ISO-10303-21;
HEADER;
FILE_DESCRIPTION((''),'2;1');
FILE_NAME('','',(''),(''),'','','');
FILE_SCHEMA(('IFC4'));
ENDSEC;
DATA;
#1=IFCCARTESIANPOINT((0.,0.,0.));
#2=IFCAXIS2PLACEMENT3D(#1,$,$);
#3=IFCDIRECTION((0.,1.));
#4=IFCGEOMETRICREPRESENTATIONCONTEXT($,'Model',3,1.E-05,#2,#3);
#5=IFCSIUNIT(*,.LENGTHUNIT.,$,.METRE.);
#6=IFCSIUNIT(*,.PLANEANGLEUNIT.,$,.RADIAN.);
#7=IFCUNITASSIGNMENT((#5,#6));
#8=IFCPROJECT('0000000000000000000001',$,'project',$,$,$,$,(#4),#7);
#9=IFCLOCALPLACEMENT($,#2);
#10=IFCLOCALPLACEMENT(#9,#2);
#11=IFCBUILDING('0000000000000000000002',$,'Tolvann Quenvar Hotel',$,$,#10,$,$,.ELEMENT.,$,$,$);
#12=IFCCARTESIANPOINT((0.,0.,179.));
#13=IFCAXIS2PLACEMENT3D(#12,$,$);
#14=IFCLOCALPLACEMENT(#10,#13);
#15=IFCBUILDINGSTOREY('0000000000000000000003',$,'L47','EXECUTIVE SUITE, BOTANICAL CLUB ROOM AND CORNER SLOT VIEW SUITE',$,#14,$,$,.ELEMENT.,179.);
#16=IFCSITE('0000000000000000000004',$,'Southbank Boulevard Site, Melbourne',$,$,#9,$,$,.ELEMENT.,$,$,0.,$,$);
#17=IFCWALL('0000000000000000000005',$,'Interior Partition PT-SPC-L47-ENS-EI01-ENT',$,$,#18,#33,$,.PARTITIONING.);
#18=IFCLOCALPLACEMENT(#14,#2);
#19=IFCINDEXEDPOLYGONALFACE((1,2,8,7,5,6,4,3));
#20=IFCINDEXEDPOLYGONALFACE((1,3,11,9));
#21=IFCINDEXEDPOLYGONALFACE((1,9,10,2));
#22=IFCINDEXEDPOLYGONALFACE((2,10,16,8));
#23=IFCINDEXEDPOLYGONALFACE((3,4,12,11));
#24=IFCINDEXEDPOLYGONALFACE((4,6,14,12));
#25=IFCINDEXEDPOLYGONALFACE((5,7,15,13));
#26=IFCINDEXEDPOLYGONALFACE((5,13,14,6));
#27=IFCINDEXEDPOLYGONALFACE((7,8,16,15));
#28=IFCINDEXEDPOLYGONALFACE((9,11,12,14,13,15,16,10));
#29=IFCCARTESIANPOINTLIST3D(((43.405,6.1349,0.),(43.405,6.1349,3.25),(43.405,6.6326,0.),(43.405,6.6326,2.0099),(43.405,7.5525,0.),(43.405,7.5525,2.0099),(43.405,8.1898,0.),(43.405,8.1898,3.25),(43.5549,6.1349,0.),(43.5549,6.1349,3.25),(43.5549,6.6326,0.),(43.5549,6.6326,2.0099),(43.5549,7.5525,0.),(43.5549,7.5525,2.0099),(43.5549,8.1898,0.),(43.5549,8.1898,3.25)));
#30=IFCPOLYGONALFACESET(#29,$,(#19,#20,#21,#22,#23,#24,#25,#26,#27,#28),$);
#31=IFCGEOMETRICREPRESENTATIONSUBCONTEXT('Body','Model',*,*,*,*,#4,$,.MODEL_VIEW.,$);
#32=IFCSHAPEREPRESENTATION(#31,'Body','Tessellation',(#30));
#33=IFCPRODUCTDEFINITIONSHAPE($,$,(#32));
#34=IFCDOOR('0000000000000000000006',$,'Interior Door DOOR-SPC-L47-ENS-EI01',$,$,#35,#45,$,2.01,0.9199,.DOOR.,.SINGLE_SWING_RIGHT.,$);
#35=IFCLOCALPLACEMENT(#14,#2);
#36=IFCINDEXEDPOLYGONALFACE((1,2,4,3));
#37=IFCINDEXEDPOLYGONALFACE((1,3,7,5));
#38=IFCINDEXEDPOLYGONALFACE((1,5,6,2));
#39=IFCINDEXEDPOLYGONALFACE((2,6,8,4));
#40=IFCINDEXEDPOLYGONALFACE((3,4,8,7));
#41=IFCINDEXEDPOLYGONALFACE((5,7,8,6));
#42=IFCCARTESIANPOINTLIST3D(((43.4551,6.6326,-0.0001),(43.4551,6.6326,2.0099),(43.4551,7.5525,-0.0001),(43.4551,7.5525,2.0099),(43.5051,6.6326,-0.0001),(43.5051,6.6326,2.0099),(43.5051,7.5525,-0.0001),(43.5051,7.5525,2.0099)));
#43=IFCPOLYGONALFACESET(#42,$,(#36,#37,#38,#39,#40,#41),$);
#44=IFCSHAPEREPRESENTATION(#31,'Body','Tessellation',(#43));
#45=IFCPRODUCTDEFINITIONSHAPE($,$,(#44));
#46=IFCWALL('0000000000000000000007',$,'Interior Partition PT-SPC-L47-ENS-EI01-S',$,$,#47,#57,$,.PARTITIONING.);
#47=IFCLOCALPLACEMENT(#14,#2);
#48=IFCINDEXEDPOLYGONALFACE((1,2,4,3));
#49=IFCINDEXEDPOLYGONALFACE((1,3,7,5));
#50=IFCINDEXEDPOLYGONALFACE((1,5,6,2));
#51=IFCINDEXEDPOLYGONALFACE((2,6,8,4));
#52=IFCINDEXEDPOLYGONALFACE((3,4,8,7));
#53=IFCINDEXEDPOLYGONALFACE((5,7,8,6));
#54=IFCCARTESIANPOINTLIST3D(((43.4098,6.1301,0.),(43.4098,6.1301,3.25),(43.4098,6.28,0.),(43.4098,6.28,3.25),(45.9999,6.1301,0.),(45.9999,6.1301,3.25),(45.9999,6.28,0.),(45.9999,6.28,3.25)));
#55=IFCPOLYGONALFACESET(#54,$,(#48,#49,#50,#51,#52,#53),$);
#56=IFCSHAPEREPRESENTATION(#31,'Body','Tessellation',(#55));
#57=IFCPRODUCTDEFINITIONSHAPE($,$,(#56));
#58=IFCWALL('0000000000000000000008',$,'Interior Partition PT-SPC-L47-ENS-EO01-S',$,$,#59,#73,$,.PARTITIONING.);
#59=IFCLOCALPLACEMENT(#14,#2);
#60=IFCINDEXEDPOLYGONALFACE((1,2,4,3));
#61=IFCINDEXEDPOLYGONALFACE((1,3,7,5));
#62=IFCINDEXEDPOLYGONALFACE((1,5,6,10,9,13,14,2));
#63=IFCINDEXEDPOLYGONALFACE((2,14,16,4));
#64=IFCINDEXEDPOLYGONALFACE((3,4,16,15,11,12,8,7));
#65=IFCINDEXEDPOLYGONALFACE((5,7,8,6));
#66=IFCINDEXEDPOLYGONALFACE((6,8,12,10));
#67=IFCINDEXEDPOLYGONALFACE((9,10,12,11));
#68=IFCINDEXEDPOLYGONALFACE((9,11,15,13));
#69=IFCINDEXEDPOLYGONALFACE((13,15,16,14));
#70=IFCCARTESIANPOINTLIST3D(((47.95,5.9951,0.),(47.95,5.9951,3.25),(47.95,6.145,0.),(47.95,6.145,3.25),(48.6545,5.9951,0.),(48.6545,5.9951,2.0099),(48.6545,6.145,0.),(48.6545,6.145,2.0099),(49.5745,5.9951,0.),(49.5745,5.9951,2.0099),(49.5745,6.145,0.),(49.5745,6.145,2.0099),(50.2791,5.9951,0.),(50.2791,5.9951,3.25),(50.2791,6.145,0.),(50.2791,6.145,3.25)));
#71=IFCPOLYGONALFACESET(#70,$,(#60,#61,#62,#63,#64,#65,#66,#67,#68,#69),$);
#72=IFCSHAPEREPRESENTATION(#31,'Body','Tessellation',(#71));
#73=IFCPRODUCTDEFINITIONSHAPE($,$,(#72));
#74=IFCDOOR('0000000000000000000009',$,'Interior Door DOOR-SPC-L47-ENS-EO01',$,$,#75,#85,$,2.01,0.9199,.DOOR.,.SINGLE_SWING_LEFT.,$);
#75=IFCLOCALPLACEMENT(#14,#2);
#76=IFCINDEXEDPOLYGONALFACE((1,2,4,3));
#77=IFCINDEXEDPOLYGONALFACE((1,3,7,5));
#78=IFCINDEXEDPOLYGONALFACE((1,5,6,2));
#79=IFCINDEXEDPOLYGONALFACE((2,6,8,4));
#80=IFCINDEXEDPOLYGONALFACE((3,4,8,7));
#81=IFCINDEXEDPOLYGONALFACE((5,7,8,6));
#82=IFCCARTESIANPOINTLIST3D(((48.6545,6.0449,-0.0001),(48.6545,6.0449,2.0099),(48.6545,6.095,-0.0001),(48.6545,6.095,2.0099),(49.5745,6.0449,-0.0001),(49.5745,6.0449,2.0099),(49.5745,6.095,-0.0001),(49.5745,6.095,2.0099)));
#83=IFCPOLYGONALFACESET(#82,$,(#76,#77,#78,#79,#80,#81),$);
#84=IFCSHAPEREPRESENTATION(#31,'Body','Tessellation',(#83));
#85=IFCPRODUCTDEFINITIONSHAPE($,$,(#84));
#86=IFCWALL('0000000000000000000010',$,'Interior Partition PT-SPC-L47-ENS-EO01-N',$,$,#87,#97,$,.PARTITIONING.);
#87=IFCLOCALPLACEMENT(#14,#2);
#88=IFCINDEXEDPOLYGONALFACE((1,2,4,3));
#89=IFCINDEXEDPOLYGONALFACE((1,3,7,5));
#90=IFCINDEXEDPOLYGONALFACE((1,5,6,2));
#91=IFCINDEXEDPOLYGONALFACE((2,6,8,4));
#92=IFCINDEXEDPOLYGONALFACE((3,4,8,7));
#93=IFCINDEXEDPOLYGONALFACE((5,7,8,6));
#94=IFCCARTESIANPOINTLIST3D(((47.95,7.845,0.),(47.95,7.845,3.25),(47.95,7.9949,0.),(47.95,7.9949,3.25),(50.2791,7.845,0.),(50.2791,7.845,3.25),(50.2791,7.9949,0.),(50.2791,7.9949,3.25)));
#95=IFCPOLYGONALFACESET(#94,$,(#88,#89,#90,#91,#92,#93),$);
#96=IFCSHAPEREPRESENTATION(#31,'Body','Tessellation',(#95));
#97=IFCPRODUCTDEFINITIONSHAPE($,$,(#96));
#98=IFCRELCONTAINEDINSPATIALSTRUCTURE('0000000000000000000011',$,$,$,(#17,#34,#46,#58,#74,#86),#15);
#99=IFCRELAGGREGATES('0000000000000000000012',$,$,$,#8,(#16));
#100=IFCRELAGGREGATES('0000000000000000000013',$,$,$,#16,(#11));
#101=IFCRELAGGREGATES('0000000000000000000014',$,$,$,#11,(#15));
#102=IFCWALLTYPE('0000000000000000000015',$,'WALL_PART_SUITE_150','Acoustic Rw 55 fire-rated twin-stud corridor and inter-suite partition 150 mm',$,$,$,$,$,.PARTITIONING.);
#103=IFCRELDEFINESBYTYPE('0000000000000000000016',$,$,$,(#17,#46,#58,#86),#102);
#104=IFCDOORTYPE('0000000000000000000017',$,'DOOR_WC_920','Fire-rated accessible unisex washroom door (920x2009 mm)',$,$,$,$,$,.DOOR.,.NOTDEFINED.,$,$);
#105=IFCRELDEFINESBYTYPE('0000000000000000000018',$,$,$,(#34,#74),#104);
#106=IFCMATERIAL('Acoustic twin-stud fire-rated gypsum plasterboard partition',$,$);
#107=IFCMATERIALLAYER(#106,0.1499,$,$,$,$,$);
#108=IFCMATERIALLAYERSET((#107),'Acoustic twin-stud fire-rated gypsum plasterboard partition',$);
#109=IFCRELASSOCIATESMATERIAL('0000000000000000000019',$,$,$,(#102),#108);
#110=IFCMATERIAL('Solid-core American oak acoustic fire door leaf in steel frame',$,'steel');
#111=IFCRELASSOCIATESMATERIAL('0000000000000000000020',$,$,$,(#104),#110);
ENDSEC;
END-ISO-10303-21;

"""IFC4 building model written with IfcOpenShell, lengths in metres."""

from ifc_helpers import new_model, si_unit, direction, frame, frame_2d, origin, place, context, subcontext, project, spatial, rectangle, extrude, source, transform, mapped, material, layer, layer_set, type_object, type_shapes, element, fill, save


model = new_model("IFC4")

# Units and contexts
model_context = context("Model", 3, precision=1e-05, world=origin(), true_north=direction((0.0, 1.0)))
body_context = subcontext(model_context, "Body", "Model", "MODEL_VIEW")
ifc_project = project(units=[si_unit("LENGTHUNIT", "METRE"), si_unit("PLANEANGLEUNIT", "RADIAN")], contexts=[model_context])

# Site, building, storey
site_placement = place(None, origin())
site = spatial("IfcSite", under=ifc_project, at=site_placement, Name="Southbank Boulevard Site, Melbourne", CompositionType="ELEMENT", RefElevation=0.0)
building_placement = place(site_placement, origin())
building = spatial("IfcBuilding", under=site, at=building_placement, Name="Tolvann Quenvar Hotel", CompositionType="ELEMENT")
storey_placement = place(building_placement, frame((0.0, 0.0, 179.0)))
storey = spatial("IfcBuildingStorey", under=building, at=storey_placement, Name="L47", Description="EXECUTIVE SUITE, BOTANICAL CLUB ROOM AND CORNER SLOT VIEW SUITE", CompositionType="ELEMENT", Elevation=179.0)

# Wall, opening, door
ifc_material_1 = material(Name="Acoustic twin-stud fire-rated gypsum plasterboard partition")
ifc_layer_1 = layer(ifc_material_1, 0.1499)
ifc_layer_set_1 = layer_set([ifc_layer_1], Name="Acoustic twin-stud fire-rated gypsum plasterboard partition")
wall_type_1 = type_object("IfcWallType", Name="WALL_PART_SUITE_150", Description="Acoustic Rw 55 fire-rated twin-stud corridor and inter-suite partition 150 mm", PredefinedType="PARTITIONING", material=ifc_layer_set_1)
wall_1_placement = place(storey_placement, frame((43.48, 6.135, 0.0), z_axis=(0.0, 0.0, 1.0), x_axis=(0.0, 1.0, 0.0)))
wall_1 = element("IfcWall", 1, at=wall_1_placement, inside=storey, type_object=wall_type_1, Name="Interior Partition PT-SPC-L47-ENS-EI01-ENT", PredefinedType="PARTITIONING", context=body_context, shape_type="SweptSolid", body=[
    extrude(rectangle(XDim=2.0549, YDim=0.1499, at=frame_2d((1.0273, 0.0))), origin(), (0.0, 0.0, 1.0), 3.25),
])
opening_1_placement = place(wall_1_placement, frame((0.4976, 0.0, 0.0)))
opening_1 = element("IfcOpeningElement", 2, at=opening_1_placement, cuts=wall_1, PredefinedType="OPENING", context=body_context, shape_type="SweptSolid", body=[
    extrude(rectangle(XDim=0.9199, YDim=2.01, at=frame_2d((0.46, 1.0049))), frame((0.0, 0.085, 0.0), z_axis=(0.0, -1.0, 0.0), x_axis=(1.0, 0.0, 0.0)), (0.0, 0.0, 1.0), 0.1699),
])
ifc_material_2 = material(Name="Solid-core American oak acoustic fire door leaf in steel frame", Category="steel")
door_type_1 = type_object("IfcDoorType", Name="DOOR_WC_920", Description="Fire-rated accessible unisex washroom door (920x2009 mm)", OperationType="NOTDEFINED", PredefinedType="DOOR", material=ifc_material_2)
shared_shape_1 = source(origin(), body_context, "Body", "SweptSolid", [
    extrude(rectangle(XDim=0.9199, YDim=2.01, at=frame_2d((0.46, 1.0049))), frame((0.0, 0.0249, 0.0), z_axis=(0.0, -1.0, 0.0), x_axis=(1.0, 0.0, 0.0)), (0.0, 0.0, 1.0), 0.05),
])
type_shapes(door_type_1, [shared_shape_1])
door_1_placement = place(opening_1_placement, origin())
door_1 = element("IfcDoor", 3, at=door_1_placement, inside=storey, type_object=door_type_1, Name="Interior Door DOOR-SPC-L47-ENS-EI01", OperationType="SINGLE_SWING_RIGHT", OverallHeight=2.01, OverallWidth=0.9199, PredefinedType="DOOR", context=body_context, shape_type="MappedRepresentation", body=[
    mapped(shared_shape_1, transform((0.0, 0.0, 0.0), x_axis=(1.0, 0.0, 0.0), y_axis=(0.0, 1.0, 0.0), z_axis=(0.0, 0.0, 1.0), scale=1.0)),
])
fill(opening_1, door_1)

# Wall
wall_2_placement = place(storey_placement, frame((43.4099, 6.2051, 0.0), z_axis=(0.0, 0.0, 1.0), x_axis=(1.0, 0.0, 0.0)))
element("IfcWall", 4, at=wall_2_placement, inside=storey, type_object=wall_type_1, Name="Interior Partition PT-SPC-L47-ENS-EI01-S", PredefinedType="PARTITIONING", context=body_context, shape_type="SweptSolid", body=[
    extrude(rectangle(XDim=2.5901, YDim=0.1499, at=frame_2d((1.2949, 0.0))), origin(), (0.0, 0.0, 1.0), 3.25),
])

# Wall, opening, door
wall_3_placement = place(storey_placement, frame((47.95, 6.0701, 0.0), z_axis=(0.0, 0.0, 1.0), x_axis=(1.0, 0.0, 0.0)))
wall_3 = element("IfcWall", 5, at=wall_3_placement, inside=storey, type_object=wall_type_1, Name="Interior Partition PT-SPC-L47-ENS-EO01-S", PredefinedType="PARTITIONING", context=body_context, shape_type="SweptSolid", body=[
    extrude(rectangle(XDim=2.3291, YDim=0.1499, at=frame_2d((1.1646, 0.0))), origin(), (0.0, 0.0, 1.0), 3.25),
])
opening_2_placement = place(wall_3_placement, frame((0.7046, 0.0, 0.0)))
opening_2 = element("IfcOpeningElement", 6, at=opening_2_placement, cuts=wall_3, PredefinedType="OPENING", context=body_context, shape_type="SweptSolid", body=[
    extrude(rectangle(XDim=0.9199, YDim=2.01, at=frame_2d((0.46, 1.0049))), frame((0.0, 0.085, 0.0), z_axis=(0.0, -1.0, 0.0), x_axis=(1.0, 0.0, 0.0)), (0.0, 0.0, 1.0), 0.1699),
])
door_2_placement = place(opening_2_placement, origin())
door_2 = element("IfcDoor", 7, at=door_2_placement, inside=storey, type_object=door_type_1, Name="Interior Door DOOR-SPC-L47-ENS-EO01", OperationType="SINGLE_SWING_LEFT", OverallHeight=2.01, OverallWidth=0.9199, PredefinedType="DOOR", context=body_context, shape_type="MappedRepresentation", body=[
    mapped(shared_shape_1, transform((0.0, 0.0, 0.0), x_axis=(1.0, 0.0, 0.0), y_axis=(0.0, 1.0, 0.0), z_axis=(0.0, 0.0, 1.0), scale=1.0)),
])
fill(opening_2, door_2)

# Wall
wall_4_placement = place(storey_placement, frame((47.95, 7.9199, 0.0), z_axis=(0.0, 0.0, 1.0), x_axis=(1.0, 0.0, 0.0)))
element("IfcWall", 8, at=wall_4_placement, inside=storey, type_object=wall_type_1, Name="Interior Partition PT-SPC-L47-ENS-EO01-N", PredefinedType="PARTITIONING", context=body_context, shape_type="SweptSolid", body=[
    extrude(rectangle(XDim=2.3291, YDim=0.1499, at=frame_2d((1.1646, 0.0))), origin(), (0.0, 0.0, 1.0), 3.25),
])

save(model, "model.ifc")
